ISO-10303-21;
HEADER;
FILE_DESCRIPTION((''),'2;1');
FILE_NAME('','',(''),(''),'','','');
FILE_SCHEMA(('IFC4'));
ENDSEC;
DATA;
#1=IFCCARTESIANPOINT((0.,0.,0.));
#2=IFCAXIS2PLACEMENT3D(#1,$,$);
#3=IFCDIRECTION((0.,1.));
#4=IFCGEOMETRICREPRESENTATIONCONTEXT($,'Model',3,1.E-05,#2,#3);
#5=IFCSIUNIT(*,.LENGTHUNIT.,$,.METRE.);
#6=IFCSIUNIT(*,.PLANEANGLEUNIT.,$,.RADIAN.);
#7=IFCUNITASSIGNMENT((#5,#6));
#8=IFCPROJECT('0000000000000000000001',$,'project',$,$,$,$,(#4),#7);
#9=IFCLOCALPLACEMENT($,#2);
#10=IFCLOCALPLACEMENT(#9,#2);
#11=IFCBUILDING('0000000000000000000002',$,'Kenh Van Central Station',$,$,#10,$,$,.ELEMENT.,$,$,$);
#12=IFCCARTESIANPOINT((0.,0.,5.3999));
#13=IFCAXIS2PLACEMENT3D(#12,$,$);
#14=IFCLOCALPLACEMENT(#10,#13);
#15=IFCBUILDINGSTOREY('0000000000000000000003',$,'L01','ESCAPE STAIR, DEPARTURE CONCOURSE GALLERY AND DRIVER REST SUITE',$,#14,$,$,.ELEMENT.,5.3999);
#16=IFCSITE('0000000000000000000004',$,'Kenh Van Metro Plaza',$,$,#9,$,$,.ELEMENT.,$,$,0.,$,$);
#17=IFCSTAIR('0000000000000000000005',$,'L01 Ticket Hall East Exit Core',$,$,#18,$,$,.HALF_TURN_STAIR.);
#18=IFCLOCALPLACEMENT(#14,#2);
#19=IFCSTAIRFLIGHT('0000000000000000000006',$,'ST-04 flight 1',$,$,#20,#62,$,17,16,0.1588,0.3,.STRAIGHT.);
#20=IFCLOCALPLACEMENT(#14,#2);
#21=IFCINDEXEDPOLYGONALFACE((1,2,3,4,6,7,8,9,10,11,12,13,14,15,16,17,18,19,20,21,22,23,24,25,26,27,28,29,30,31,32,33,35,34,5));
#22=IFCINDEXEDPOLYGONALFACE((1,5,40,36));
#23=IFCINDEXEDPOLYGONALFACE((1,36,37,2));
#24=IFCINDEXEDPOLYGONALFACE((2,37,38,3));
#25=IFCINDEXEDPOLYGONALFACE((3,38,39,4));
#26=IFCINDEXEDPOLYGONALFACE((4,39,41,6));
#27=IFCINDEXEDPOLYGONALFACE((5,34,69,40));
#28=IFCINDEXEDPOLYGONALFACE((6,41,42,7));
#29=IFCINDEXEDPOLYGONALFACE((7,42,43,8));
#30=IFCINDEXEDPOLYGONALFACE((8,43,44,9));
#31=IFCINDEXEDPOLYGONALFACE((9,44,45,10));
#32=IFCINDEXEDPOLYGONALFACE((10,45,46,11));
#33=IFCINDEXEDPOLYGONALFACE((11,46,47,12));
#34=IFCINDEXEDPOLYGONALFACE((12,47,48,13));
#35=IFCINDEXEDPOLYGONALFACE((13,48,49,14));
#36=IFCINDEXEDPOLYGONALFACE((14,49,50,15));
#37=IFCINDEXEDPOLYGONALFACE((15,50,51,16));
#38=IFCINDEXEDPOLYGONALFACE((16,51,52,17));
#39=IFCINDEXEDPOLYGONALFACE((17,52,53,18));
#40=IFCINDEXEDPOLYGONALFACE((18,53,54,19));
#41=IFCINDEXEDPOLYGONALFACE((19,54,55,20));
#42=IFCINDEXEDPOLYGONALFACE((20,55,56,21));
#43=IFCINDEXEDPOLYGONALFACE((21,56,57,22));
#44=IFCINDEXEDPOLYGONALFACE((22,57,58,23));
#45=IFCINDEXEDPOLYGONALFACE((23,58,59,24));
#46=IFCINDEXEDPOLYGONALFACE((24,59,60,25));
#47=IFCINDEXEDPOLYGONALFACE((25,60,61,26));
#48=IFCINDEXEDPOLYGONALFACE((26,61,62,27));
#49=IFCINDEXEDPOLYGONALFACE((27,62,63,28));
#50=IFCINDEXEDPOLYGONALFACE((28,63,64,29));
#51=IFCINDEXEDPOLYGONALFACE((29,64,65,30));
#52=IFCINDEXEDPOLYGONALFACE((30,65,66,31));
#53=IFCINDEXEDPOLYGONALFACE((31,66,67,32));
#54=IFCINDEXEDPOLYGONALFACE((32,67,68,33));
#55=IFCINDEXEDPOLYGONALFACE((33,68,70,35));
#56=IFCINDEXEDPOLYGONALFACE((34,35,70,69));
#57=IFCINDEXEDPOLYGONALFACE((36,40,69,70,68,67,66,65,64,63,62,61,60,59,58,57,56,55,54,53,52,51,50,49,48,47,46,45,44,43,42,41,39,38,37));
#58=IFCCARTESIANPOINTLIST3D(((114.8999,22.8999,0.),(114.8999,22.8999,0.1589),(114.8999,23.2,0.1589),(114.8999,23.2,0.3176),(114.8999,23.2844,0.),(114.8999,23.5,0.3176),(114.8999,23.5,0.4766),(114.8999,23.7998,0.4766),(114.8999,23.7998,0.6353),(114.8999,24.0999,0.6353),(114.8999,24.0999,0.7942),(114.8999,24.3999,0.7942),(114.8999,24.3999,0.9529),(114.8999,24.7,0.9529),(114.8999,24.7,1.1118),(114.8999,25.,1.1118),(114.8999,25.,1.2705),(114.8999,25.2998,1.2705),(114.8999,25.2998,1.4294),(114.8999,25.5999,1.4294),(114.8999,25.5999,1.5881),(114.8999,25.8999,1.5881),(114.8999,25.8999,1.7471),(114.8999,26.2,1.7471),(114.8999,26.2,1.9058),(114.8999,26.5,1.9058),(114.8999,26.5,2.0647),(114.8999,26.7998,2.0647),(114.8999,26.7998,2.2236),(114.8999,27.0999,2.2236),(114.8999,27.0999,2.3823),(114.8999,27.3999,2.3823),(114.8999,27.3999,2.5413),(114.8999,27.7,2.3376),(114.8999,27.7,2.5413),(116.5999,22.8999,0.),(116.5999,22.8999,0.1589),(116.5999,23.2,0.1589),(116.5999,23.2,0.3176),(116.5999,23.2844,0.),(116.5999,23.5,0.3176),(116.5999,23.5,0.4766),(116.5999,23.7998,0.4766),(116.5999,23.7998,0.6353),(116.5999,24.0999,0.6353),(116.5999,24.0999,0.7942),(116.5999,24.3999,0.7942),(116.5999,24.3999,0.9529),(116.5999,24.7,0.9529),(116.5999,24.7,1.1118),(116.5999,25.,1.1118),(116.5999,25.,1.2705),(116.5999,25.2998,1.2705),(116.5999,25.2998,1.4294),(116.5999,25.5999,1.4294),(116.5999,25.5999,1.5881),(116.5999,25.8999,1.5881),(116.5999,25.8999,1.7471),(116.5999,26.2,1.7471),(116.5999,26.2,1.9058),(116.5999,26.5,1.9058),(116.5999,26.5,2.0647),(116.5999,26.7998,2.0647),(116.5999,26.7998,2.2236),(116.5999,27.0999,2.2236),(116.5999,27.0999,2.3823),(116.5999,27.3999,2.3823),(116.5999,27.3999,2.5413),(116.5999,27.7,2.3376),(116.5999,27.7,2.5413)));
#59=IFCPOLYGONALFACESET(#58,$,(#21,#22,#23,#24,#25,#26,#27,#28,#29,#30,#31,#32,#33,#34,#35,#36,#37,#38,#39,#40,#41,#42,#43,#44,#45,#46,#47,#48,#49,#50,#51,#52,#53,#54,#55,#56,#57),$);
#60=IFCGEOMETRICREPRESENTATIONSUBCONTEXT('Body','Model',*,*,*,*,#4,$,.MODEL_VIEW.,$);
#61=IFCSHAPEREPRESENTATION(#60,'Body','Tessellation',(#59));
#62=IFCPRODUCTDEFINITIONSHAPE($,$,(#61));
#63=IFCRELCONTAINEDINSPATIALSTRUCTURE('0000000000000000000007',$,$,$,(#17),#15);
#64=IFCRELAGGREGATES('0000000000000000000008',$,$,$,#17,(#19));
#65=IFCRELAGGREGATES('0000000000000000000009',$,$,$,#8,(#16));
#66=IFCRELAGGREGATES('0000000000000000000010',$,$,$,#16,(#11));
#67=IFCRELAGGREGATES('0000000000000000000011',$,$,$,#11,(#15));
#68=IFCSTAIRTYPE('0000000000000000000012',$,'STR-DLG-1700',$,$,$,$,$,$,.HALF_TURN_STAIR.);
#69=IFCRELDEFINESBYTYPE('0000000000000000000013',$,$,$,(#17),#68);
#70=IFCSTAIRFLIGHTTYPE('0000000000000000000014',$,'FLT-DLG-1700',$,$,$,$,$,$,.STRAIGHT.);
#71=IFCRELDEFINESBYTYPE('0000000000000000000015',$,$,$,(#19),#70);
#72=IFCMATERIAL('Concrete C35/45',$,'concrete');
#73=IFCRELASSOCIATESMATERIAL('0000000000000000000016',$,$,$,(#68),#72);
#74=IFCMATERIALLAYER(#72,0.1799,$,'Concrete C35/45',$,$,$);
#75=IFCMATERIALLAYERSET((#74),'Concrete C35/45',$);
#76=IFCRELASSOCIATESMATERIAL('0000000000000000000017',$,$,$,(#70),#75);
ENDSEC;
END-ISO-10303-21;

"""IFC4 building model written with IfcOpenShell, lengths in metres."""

from ifc_helpers import new_model, si_unit, direction, frame, origin, place, context, subcontext, project, spatial, polyline, outline, extrude, material, layer, layer_set, type_object, element, aggregate, save


model = new_model("IFC4")

# Units and contexts
model_context = context("Model", 3, precision=1e-05, world=origin(), true_north=direction((0.0, 1.0)))
body_context = subcontext(model_context, "Body", "Model", "MODEL_VIEW")
ifc_project = project(units=[si_unit("LENGTHUNIT", "METRE"), si_unit("PLANEANGLEUNIT", "RADIAN")], contexts=[model_context])

# Site, building, storey
site_placement = place(None, origin())
site = spatial("IfcSite", under=ifc_project, at=site_placement, Name="Kenh Van Metro Plaza", CompositionType="ELEMENT", RefElevation=0.0)
building_placement = place(site_placement, origin())
building = spatial("IfcBuilding", under=site, at=building_placement, Name="Kenh Van Central Station", CompositionType="ELEMENT")
storey_placement = place(building_placement, frame((0.0, 0.0, 5.3999)))
storey = spatial("IfcBuildingStorey", under=building, at=storey_placement, Name="L01", Description="ESCAPE STAIR, DEPARTURE CONCOURSE GALLERY AND DRIVER REST SUITE", CompositionType="ELEMENT", Elevation=5.3999)

# Stair, stair flight
ifc_material_1 = material(Name="Concrete C35/45", Category="concrete")
stair_type = type_object("IfcStairType", Name="STR-DLG-1700", PredefinedType="HALF_TURN_STAIR", material=ifc_material_1)
stair_placement = place(storey_placement, origin())
stair = element("IfcStair", 1, at=stair_placement, inside=storey, type_object=stair_type, Name="L01 Ticket Hall East Exit Core", PredefinedType="HALF_TURN_STAIR")
ifc_layer_1 = layer(ifc_material_1, 0.1799, Name="Concrete C35/45")
ifc_layer_set_1 = layer_set([ifc_layer_1], Name="Concrete C35/45")
stair_flight_type = type_object("IfcStairFlightType", Name="FLT-DLG-1700", PredefinedType="STRAIGHT", material=ifc_layer_set_1)
stair_flight_placement = place(storey_placement, frame((115.75, 22.8999, 0.0), z_axis=(0.0, 0.0, 1.0), x_axis=(0.0, 1.0, 0.0)))
stair_flight = element("IfcStairFlight", 2, at=stair_flight_placement, type_object=stair_flight_type, Name="ST-04 flight 1", NumberOfRisers=17, NumberOfTreads=16, PredefinedType="STRAIGHT", RiserHeight=0.1588, TreadLength=0.3, context=body_context, shape_type="SweptSolid", body=[
    extrude(outline(polyline([(0.0, 0.0), (0.0, 0.1589), (0.3, 0.1589), (0.3, 0.3176), (0.6001, 0.3176), (0.6001, 0.4766), (0.8999, 0.4766), (0.8999, 0.6353), (1.2, 0.6353), (1.2, 0.7942), (1.5, 0.7942), (1.5, 0.9529), (1.8, 0.9529), (1.8, 1.1118), (2.1001, 1.1118), (2.1001, 1.2705), (2.3999, 1.2705), (2.3999, 1.4294), (2.7, 1.4294), (2.7, 1.5881), (3.0, 1.5881), (3.0, 1.7471), (3.3, 1.7471), (3.3, 1.9058), (3.6001, 1.9058), (3.6001, 2.0647), (3.8999, 2.0647), (3.8999, 2.2236), (4.2, 2.2236), (4.2, 2.3823), (4.5, 2.3823), (4.5, 2.5413), (4.8, 2.5413), (4.8, 2.7), (4.8, 2.3376), (0.3845, 0.0), (0.0, 0.0)])), frame((0.0, 0.8501, 0.0), z_axis=(0.0, -1.0, 0.0), x_axis=(1.0, 0.0, 0.0)), (0.0, 0.0, 1.0), 1.7),
])
aggregate(stair, [stair_flight])

save(model, "model.ifc")
